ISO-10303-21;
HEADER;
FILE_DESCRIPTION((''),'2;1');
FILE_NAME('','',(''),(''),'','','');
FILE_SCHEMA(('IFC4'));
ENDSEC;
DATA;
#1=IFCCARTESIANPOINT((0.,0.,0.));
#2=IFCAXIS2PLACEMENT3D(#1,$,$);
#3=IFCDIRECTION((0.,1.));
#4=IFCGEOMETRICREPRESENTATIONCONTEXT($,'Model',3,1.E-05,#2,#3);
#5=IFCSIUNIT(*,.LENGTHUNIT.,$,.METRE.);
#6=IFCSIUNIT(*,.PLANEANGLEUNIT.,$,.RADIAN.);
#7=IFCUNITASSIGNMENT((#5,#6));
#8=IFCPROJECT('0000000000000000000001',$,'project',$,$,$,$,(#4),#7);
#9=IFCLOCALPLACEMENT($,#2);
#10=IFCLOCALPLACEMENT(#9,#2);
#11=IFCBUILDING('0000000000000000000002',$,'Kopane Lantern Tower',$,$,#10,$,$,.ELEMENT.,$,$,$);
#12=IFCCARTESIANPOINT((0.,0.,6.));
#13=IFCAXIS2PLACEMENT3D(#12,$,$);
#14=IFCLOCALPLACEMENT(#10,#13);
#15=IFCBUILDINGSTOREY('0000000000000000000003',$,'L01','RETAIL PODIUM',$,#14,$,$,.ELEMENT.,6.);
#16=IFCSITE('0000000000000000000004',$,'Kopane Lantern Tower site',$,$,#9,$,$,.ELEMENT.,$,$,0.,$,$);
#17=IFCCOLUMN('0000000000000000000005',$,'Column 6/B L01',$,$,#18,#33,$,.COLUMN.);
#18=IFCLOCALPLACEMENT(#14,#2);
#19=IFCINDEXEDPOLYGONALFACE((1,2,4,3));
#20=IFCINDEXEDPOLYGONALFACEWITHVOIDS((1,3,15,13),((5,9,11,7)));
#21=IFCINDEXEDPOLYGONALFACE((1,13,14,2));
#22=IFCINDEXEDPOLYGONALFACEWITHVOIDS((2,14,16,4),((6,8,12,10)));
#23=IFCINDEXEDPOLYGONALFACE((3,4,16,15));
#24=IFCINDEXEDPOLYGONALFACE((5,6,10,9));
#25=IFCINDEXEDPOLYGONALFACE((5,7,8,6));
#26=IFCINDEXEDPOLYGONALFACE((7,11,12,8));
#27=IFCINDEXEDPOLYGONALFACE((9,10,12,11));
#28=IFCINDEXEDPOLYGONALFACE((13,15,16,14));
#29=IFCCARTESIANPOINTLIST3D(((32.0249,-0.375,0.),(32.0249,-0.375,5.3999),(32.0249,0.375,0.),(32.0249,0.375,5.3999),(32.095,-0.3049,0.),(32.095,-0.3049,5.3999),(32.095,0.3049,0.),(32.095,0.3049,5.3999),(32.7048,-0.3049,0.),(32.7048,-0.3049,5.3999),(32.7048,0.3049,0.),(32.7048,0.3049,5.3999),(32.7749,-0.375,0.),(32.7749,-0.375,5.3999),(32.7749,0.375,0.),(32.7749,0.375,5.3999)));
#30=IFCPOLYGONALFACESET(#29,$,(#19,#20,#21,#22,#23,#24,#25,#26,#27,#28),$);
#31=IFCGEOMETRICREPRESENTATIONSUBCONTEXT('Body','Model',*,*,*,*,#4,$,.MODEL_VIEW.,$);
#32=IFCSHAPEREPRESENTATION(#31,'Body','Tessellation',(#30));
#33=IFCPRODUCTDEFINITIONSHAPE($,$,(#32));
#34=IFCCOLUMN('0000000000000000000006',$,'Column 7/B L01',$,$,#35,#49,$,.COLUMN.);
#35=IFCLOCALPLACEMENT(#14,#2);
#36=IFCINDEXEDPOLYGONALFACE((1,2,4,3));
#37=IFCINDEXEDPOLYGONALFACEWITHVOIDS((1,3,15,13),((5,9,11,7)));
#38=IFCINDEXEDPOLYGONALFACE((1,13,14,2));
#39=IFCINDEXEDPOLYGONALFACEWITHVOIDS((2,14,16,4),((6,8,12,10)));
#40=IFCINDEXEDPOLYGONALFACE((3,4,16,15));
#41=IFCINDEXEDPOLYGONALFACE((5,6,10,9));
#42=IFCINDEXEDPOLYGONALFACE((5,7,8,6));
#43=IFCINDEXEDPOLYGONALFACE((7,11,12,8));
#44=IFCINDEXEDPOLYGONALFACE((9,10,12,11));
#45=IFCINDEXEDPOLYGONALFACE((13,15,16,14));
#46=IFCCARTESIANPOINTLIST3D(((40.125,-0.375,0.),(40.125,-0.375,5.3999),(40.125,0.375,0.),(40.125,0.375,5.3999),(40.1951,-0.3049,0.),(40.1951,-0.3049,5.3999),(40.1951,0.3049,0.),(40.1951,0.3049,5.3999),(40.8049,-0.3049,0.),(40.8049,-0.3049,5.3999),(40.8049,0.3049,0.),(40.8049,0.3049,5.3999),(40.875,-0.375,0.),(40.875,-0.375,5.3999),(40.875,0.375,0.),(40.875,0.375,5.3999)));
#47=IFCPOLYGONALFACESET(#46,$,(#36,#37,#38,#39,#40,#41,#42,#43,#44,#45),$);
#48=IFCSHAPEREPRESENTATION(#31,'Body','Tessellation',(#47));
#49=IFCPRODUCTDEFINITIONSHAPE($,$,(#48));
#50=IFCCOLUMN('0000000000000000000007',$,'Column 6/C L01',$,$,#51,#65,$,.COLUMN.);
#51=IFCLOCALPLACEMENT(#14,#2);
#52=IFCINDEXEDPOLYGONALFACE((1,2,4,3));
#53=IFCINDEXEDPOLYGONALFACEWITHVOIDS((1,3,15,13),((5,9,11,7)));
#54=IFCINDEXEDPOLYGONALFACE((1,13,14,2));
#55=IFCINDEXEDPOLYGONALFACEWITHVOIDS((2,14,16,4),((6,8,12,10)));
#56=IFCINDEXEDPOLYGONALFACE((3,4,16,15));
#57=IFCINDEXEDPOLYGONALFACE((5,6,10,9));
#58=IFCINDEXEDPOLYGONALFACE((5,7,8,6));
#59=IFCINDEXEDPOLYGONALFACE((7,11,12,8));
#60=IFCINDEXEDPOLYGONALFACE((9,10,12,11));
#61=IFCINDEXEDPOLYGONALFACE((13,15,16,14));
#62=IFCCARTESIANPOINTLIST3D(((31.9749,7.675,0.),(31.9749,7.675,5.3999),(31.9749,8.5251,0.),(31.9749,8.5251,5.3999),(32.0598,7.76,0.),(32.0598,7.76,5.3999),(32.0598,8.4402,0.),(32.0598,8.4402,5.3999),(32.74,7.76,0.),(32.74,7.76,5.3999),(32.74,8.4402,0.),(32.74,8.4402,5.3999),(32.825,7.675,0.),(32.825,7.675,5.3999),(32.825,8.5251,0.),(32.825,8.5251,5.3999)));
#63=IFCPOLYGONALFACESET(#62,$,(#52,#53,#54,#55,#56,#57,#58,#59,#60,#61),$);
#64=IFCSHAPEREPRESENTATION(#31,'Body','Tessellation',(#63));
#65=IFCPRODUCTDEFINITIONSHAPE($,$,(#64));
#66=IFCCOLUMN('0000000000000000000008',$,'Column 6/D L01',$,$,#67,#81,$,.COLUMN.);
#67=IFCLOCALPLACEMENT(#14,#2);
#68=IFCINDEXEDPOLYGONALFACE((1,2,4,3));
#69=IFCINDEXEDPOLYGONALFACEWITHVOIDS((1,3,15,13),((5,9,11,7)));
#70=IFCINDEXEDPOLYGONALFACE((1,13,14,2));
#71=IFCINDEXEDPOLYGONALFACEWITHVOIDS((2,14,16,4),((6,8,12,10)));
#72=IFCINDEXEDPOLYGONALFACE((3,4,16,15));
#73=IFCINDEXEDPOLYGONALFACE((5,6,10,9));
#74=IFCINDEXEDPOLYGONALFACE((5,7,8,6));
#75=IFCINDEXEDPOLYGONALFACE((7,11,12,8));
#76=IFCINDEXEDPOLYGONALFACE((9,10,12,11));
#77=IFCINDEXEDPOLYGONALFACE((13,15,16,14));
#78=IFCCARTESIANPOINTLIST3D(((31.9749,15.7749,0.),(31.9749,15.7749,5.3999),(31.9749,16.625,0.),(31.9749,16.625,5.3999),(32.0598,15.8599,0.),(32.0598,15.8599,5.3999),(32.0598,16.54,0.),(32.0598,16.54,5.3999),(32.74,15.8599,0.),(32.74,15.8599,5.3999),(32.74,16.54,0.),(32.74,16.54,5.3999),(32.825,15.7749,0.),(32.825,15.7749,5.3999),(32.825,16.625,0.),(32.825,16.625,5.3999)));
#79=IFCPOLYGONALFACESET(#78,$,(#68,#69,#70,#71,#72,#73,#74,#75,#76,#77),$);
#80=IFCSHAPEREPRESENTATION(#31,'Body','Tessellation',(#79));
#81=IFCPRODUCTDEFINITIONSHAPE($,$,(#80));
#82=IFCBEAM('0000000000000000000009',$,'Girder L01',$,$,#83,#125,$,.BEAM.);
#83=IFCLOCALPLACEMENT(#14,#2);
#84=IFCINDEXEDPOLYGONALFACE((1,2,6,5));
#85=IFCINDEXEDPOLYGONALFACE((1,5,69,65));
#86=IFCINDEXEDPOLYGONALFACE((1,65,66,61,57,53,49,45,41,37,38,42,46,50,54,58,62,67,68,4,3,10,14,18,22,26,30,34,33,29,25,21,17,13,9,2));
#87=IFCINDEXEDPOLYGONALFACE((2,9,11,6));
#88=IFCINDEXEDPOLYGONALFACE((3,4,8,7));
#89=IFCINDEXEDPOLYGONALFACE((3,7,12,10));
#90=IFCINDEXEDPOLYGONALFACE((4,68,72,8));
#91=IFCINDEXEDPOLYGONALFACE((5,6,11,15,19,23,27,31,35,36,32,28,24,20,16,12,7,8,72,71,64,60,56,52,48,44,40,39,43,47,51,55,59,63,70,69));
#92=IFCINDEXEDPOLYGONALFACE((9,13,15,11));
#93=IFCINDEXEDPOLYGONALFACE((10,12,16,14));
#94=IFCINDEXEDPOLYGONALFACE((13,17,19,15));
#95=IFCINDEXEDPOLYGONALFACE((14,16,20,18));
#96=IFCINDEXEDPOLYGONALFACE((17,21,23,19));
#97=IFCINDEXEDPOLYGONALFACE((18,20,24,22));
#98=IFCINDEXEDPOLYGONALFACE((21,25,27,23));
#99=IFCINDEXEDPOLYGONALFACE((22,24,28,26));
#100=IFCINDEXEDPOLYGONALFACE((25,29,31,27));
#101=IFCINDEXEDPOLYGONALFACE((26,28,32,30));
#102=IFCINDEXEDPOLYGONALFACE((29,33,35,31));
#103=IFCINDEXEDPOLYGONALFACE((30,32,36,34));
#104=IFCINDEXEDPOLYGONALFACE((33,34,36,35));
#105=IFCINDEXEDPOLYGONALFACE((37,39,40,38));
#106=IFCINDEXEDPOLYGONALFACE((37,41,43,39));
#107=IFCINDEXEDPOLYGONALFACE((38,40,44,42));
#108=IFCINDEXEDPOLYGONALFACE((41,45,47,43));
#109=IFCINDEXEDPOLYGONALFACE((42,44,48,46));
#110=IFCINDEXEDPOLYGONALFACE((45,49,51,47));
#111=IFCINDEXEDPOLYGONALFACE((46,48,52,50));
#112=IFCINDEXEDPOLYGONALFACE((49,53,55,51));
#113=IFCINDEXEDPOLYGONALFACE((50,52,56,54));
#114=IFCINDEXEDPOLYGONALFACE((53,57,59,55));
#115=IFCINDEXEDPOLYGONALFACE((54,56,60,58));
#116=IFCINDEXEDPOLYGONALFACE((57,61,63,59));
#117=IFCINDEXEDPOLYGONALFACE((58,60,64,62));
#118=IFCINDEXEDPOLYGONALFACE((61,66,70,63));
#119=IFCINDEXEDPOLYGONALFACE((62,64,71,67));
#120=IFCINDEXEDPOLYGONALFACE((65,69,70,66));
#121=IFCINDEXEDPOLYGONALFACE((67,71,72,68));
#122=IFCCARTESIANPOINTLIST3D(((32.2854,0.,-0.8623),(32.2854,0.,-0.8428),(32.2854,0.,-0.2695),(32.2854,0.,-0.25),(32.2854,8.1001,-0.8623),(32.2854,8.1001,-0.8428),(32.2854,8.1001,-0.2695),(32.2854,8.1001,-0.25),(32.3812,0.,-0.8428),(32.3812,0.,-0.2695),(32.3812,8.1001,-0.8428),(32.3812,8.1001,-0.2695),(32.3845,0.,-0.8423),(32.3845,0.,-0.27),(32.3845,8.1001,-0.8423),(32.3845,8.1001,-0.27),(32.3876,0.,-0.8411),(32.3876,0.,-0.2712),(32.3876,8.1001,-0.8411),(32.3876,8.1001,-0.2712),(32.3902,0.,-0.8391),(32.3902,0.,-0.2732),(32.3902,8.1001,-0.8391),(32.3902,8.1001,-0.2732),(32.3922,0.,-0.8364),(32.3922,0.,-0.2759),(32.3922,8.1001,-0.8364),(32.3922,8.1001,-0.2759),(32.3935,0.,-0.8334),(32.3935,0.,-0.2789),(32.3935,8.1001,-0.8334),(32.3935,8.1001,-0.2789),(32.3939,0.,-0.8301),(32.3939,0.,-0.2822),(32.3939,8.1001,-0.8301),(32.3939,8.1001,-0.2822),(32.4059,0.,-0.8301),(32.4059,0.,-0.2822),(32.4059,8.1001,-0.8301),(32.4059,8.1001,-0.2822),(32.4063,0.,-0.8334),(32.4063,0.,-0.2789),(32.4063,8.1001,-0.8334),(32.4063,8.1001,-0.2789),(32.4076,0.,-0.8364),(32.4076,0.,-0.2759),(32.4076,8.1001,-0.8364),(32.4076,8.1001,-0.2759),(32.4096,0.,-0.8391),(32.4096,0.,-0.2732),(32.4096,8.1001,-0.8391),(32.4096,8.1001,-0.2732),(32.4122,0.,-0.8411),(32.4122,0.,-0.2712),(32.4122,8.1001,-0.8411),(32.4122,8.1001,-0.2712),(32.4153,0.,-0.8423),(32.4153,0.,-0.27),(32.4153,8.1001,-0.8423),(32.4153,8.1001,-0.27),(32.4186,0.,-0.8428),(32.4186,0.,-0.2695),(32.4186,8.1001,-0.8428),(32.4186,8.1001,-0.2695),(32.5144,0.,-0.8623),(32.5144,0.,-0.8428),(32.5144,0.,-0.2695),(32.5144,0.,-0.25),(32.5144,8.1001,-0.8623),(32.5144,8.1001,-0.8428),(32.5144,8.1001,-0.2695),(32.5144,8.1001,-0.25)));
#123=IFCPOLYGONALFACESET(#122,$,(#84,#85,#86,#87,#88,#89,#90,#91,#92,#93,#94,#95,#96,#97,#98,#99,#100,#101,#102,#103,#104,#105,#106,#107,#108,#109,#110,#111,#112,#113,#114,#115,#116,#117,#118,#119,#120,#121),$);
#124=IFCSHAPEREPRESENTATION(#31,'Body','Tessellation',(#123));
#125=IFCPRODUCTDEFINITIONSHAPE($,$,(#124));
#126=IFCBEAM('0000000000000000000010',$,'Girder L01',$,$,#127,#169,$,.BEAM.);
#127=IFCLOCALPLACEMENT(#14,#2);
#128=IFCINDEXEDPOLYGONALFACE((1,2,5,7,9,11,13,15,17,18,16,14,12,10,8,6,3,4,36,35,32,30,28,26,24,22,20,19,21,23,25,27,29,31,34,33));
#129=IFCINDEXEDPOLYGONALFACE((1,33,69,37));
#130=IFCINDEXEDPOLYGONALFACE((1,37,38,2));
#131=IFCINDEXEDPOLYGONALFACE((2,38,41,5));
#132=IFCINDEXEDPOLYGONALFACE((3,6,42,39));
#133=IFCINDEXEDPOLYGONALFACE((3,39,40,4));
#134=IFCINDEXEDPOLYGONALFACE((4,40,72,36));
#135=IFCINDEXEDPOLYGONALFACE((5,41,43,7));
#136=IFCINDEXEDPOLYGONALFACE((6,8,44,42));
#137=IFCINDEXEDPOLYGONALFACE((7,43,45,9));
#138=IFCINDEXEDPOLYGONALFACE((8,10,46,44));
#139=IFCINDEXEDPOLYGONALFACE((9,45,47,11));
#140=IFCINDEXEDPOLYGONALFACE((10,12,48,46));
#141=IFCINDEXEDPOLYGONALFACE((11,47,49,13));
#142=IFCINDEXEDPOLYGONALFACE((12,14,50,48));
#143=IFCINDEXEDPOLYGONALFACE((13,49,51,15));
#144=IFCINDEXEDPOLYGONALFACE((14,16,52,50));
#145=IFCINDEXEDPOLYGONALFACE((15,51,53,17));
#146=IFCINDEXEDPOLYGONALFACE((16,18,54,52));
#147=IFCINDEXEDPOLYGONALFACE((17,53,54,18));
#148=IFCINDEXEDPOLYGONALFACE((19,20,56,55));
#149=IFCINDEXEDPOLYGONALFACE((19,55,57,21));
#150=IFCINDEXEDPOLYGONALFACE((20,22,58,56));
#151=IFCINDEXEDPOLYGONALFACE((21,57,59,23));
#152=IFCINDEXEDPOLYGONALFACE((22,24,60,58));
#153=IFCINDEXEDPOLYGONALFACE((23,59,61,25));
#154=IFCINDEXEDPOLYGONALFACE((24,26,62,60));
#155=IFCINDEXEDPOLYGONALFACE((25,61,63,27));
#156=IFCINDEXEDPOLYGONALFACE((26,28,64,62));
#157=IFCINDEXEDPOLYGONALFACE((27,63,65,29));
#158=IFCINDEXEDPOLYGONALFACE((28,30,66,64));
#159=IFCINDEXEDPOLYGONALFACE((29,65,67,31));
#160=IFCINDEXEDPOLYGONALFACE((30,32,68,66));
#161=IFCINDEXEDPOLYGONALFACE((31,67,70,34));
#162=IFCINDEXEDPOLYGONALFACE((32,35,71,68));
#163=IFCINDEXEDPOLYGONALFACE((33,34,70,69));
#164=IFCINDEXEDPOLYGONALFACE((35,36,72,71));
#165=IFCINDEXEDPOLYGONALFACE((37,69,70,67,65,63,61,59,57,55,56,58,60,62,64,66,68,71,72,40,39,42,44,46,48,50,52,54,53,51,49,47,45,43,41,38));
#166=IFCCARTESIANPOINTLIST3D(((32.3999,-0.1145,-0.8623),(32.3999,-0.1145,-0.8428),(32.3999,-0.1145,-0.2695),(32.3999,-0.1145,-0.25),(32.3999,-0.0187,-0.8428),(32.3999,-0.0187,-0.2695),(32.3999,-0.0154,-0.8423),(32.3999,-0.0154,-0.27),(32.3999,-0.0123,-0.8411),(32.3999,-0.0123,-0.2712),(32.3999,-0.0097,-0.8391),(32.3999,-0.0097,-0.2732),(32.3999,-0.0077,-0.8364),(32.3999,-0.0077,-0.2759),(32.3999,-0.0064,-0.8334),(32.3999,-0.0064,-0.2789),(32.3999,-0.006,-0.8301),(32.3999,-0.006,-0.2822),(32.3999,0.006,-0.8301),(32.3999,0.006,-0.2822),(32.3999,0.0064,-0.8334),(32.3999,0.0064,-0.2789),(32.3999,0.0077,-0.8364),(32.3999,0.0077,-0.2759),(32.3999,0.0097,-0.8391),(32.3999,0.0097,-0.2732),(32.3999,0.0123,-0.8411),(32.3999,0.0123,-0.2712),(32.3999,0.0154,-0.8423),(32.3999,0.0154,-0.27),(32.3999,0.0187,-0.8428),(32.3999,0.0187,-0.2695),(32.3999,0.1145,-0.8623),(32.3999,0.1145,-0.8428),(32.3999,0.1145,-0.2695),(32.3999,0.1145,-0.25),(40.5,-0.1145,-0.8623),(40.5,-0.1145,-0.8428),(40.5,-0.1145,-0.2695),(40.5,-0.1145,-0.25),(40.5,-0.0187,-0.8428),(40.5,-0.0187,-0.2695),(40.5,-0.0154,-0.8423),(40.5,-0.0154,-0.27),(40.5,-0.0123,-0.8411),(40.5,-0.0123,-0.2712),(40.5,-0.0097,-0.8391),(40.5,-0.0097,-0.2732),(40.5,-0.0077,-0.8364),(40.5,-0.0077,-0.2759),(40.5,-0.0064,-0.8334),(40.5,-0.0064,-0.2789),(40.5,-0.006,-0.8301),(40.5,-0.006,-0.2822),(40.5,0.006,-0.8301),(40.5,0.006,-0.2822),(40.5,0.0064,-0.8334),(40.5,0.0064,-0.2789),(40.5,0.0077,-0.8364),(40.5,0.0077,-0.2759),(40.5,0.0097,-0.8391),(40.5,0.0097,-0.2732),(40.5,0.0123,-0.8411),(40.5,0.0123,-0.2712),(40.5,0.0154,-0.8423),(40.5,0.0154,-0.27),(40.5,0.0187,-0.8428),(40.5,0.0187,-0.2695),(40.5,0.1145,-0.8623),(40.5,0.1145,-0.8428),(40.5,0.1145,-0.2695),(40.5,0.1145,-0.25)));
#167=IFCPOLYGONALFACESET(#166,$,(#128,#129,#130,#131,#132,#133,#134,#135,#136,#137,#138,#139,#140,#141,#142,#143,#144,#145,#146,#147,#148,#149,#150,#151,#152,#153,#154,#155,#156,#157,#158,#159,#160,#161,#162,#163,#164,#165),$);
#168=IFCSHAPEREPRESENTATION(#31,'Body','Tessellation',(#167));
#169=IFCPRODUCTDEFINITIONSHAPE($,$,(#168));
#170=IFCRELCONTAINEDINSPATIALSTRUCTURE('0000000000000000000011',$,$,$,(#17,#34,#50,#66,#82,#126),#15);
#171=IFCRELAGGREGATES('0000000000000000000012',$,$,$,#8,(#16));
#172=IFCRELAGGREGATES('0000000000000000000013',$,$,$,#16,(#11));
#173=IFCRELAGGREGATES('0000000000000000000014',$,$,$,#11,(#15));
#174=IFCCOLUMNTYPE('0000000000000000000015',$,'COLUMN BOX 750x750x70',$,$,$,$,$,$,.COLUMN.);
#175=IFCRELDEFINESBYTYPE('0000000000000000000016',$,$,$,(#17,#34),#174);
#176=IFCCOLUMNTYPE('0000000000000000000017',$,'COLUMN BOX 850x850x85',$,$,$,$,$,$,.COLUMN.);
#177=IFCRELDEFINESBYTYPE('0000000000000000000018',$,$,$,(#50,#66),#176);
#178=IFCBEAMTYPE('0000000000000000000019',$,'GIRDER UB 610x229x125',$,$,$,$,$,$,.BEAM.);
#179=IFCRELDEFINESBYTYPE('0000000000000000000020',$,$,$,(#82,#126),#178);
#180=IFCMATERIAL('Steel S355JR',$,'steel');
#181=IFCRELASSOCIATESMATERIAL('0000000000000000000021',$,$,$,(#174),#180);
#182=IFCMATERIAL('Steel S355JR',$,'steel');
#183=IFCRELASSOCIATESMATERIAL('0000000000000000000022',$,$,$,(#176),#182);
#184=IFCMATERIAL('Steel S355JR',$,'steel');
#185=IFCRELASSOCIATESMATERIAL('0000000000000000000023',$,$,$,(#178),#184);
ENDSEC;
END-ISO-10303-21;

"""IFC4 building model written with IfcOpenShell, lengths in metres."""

from ifc_helpers import new_model, si_unit, direction, frame, origin, origin_2d, place, context, subcontext, project, spatial, hollow_rectangle, i_section, extrude, material, material_profile, profile_set, type_object, element, save


model = new_model("IFC4")

# Units and contexts
model_context = context("Model", 3, precision=1e-05, world=origin(), true_north=direction((0.0, 1.0)))
body_context = subcontext(model_context, "Body", "Model", "MODEL_VIEW")
ifc_project = project(units=[si_unit("LENGTHUNIT", "METRE"), si_unit("PLANEANGLEUNIT", "RADIAN")], contexts=[model_context])

# Site, building, storey
site_placement = place(None, origin())
site = spatial("IfcSite", under=ifc_project, at=site_placement, Name="Kopane Lantern Tower site", CompositionType="ELEMENT", RefElevation=0.0)
building_placement = place(site_placement, origin())
building = spatial("IfcBuilding", under=site, at=building_placement, Name="Kopane Lantern Tower", CompositionType="ELEMENT")
storey_placement = place(building_placement, frame((0.0, 0.0, 6.0)))
storey = spatial("IfcBuildingStorey", under=building, at=storey_placement, Name="L01", Description="RETAIL PODIUM", CompositionType="ELEMENT", Elevation=6.0)

# Columns
ifc_material_1 = material(Name="Steel S355JR", Category="steel")
ifc_material_profile_1 = material_profile(ifc_material_1, hollow_rectangle(XDim=0.75, YDim=0.75, WallThickness=0.0701, at=origin_2d()), Name="BOX 750x750x70")
ifc_profile_set_1 = profile_set([ifc_material_profile_1], Name="Steel S355JR")
column_type_1 = type_object("IfcColumnType", Name="COLUMN BOX 750x750x70", PredefinedType="COLUMN", material=ifc_profile_set_1)
for number, where, z_axis, x_axis, name in (
    (1, (32.3999, 0.0, 0.0), (0.0, 0.0, 1.0), (1.0, 0.0, 0.0), "Column 6/B L01"),
    (2, (40.5, 0.0, 0.0), (0.0, 0.0, 1.0), (1.0, 0.0, 0.0), "Column 7/B L01"),
):
    element("IfcColumn", number, at=place(storey_placement, frame(where, z_axis=z_axis, x_axis=x_axis)), inside=storey, type_object=column_type_1, Name=name, PredefinedType="COLUMN", context=body_context, shape_type="SweptSolid", body=[
        extrude(hollow_rectangle(XDim=0.75, YDim=0.75, WallThickness=0.0701, at=origin_2d()), origin(), (0.0, 0.0, 1.0), 5.3999),
    ])
ifc_material_2 = material(Name="Steel S355JR", Category="steel")
ifc_material_profile_2 = material_profile(ifc_material_2, hollow_rectangle(XDim=0.8501, YDim=0.8501, WallThickness=0.085, at=origin_2d()), Name="BOX 850x850x85")
ifc_profile_set_2 = profile_set([ifc_material_profile_2], Name="Steel S355JR")
column_type_2 = type_object("IfcColumnType", Name="COLUMN BOX 850x850x85", PredefinedType="COLUMN", material=ifc_profile_set_2)
for number, where, z_axis, x_axis, name in (
    (3, (32.3999, 8.1001, 0.0), (0.0, 0.0, 1.0), (1.0, 0.0, 0.0), "Column 6/C L01"),
    (4, (32.3999, 16.2, 0.0), (0.0, 0.0, 1.0), (1.0, 0.0, 0.0), "Column 6/D L01"),
):
    element("IfcColumn", number, at=place(storey_placement, frame(where, z_axis=z_axis, x_axis=x_axis)), inside=storey, type_object=column_type_2, Name=name, PredefinedType="COLUMN", context=body_context, shape_type="SweptSolid", body=[
        extrude(hollow_rectangle(XDim=0.8501, YDim=0.8501, WallThickness=0.085, at=origin_2d()), origin(), (0.0, 0.0, 1.0), 5.3999),
    ])

# Beams
ifc_material_3 = material(Name="Steel S355JR", Category="steel")
ifc_material_profile_3 = material_profile(ifc_material_3, i_section(OverallWidth=0.229, OverallDepth=0.6123, WebThickness=0.012, FlangeThickness=0.0195, FilletRadius=0.0127, at=origin_2d()), Name="UB 610x229x125")
ifc_profile_set_3 = profile_set([ifc_material_profile_3], Name="Steel S355JR")
beam_type = type_object("IfcBeamType", Name="GIRDER UB 610x229x125", PredefinedType="BEAM", material=ifc_profile_set_3)
for number, where, z_axis, x_axis, name in (
    (5, (32.3999, 0.0, -0.5562), (0.0, 1.0, 0.0), (-1.0, 0.0, 0.0), "Girder L01"),
    (6, (32.3999, 0.0, -0.5562), (1.0, 0.0, 0.0), (0.0, 1.0, 0.0), "Girder L01"),
):
    element("IfcBeam", number, at=place(storey_placement, frame(where, z_axis=z_axis, x_axis=x_axis)), inside=storey, type_object=beam_type, Name=name, PredefinedType="BEAM", context=body_context, shape_type="SweptSolid", body=[
        extrude(i_section(OverallWidth=0.229, OverallDepth=0.6123, WebThickness=0.012, FlangeThickness=0.0195, FilletRadius=0.0127, at=origin_2d()), origin(), (0.0, 0.0, 1.0), 8.1001),
    ])

save(model, "model.ifc")
